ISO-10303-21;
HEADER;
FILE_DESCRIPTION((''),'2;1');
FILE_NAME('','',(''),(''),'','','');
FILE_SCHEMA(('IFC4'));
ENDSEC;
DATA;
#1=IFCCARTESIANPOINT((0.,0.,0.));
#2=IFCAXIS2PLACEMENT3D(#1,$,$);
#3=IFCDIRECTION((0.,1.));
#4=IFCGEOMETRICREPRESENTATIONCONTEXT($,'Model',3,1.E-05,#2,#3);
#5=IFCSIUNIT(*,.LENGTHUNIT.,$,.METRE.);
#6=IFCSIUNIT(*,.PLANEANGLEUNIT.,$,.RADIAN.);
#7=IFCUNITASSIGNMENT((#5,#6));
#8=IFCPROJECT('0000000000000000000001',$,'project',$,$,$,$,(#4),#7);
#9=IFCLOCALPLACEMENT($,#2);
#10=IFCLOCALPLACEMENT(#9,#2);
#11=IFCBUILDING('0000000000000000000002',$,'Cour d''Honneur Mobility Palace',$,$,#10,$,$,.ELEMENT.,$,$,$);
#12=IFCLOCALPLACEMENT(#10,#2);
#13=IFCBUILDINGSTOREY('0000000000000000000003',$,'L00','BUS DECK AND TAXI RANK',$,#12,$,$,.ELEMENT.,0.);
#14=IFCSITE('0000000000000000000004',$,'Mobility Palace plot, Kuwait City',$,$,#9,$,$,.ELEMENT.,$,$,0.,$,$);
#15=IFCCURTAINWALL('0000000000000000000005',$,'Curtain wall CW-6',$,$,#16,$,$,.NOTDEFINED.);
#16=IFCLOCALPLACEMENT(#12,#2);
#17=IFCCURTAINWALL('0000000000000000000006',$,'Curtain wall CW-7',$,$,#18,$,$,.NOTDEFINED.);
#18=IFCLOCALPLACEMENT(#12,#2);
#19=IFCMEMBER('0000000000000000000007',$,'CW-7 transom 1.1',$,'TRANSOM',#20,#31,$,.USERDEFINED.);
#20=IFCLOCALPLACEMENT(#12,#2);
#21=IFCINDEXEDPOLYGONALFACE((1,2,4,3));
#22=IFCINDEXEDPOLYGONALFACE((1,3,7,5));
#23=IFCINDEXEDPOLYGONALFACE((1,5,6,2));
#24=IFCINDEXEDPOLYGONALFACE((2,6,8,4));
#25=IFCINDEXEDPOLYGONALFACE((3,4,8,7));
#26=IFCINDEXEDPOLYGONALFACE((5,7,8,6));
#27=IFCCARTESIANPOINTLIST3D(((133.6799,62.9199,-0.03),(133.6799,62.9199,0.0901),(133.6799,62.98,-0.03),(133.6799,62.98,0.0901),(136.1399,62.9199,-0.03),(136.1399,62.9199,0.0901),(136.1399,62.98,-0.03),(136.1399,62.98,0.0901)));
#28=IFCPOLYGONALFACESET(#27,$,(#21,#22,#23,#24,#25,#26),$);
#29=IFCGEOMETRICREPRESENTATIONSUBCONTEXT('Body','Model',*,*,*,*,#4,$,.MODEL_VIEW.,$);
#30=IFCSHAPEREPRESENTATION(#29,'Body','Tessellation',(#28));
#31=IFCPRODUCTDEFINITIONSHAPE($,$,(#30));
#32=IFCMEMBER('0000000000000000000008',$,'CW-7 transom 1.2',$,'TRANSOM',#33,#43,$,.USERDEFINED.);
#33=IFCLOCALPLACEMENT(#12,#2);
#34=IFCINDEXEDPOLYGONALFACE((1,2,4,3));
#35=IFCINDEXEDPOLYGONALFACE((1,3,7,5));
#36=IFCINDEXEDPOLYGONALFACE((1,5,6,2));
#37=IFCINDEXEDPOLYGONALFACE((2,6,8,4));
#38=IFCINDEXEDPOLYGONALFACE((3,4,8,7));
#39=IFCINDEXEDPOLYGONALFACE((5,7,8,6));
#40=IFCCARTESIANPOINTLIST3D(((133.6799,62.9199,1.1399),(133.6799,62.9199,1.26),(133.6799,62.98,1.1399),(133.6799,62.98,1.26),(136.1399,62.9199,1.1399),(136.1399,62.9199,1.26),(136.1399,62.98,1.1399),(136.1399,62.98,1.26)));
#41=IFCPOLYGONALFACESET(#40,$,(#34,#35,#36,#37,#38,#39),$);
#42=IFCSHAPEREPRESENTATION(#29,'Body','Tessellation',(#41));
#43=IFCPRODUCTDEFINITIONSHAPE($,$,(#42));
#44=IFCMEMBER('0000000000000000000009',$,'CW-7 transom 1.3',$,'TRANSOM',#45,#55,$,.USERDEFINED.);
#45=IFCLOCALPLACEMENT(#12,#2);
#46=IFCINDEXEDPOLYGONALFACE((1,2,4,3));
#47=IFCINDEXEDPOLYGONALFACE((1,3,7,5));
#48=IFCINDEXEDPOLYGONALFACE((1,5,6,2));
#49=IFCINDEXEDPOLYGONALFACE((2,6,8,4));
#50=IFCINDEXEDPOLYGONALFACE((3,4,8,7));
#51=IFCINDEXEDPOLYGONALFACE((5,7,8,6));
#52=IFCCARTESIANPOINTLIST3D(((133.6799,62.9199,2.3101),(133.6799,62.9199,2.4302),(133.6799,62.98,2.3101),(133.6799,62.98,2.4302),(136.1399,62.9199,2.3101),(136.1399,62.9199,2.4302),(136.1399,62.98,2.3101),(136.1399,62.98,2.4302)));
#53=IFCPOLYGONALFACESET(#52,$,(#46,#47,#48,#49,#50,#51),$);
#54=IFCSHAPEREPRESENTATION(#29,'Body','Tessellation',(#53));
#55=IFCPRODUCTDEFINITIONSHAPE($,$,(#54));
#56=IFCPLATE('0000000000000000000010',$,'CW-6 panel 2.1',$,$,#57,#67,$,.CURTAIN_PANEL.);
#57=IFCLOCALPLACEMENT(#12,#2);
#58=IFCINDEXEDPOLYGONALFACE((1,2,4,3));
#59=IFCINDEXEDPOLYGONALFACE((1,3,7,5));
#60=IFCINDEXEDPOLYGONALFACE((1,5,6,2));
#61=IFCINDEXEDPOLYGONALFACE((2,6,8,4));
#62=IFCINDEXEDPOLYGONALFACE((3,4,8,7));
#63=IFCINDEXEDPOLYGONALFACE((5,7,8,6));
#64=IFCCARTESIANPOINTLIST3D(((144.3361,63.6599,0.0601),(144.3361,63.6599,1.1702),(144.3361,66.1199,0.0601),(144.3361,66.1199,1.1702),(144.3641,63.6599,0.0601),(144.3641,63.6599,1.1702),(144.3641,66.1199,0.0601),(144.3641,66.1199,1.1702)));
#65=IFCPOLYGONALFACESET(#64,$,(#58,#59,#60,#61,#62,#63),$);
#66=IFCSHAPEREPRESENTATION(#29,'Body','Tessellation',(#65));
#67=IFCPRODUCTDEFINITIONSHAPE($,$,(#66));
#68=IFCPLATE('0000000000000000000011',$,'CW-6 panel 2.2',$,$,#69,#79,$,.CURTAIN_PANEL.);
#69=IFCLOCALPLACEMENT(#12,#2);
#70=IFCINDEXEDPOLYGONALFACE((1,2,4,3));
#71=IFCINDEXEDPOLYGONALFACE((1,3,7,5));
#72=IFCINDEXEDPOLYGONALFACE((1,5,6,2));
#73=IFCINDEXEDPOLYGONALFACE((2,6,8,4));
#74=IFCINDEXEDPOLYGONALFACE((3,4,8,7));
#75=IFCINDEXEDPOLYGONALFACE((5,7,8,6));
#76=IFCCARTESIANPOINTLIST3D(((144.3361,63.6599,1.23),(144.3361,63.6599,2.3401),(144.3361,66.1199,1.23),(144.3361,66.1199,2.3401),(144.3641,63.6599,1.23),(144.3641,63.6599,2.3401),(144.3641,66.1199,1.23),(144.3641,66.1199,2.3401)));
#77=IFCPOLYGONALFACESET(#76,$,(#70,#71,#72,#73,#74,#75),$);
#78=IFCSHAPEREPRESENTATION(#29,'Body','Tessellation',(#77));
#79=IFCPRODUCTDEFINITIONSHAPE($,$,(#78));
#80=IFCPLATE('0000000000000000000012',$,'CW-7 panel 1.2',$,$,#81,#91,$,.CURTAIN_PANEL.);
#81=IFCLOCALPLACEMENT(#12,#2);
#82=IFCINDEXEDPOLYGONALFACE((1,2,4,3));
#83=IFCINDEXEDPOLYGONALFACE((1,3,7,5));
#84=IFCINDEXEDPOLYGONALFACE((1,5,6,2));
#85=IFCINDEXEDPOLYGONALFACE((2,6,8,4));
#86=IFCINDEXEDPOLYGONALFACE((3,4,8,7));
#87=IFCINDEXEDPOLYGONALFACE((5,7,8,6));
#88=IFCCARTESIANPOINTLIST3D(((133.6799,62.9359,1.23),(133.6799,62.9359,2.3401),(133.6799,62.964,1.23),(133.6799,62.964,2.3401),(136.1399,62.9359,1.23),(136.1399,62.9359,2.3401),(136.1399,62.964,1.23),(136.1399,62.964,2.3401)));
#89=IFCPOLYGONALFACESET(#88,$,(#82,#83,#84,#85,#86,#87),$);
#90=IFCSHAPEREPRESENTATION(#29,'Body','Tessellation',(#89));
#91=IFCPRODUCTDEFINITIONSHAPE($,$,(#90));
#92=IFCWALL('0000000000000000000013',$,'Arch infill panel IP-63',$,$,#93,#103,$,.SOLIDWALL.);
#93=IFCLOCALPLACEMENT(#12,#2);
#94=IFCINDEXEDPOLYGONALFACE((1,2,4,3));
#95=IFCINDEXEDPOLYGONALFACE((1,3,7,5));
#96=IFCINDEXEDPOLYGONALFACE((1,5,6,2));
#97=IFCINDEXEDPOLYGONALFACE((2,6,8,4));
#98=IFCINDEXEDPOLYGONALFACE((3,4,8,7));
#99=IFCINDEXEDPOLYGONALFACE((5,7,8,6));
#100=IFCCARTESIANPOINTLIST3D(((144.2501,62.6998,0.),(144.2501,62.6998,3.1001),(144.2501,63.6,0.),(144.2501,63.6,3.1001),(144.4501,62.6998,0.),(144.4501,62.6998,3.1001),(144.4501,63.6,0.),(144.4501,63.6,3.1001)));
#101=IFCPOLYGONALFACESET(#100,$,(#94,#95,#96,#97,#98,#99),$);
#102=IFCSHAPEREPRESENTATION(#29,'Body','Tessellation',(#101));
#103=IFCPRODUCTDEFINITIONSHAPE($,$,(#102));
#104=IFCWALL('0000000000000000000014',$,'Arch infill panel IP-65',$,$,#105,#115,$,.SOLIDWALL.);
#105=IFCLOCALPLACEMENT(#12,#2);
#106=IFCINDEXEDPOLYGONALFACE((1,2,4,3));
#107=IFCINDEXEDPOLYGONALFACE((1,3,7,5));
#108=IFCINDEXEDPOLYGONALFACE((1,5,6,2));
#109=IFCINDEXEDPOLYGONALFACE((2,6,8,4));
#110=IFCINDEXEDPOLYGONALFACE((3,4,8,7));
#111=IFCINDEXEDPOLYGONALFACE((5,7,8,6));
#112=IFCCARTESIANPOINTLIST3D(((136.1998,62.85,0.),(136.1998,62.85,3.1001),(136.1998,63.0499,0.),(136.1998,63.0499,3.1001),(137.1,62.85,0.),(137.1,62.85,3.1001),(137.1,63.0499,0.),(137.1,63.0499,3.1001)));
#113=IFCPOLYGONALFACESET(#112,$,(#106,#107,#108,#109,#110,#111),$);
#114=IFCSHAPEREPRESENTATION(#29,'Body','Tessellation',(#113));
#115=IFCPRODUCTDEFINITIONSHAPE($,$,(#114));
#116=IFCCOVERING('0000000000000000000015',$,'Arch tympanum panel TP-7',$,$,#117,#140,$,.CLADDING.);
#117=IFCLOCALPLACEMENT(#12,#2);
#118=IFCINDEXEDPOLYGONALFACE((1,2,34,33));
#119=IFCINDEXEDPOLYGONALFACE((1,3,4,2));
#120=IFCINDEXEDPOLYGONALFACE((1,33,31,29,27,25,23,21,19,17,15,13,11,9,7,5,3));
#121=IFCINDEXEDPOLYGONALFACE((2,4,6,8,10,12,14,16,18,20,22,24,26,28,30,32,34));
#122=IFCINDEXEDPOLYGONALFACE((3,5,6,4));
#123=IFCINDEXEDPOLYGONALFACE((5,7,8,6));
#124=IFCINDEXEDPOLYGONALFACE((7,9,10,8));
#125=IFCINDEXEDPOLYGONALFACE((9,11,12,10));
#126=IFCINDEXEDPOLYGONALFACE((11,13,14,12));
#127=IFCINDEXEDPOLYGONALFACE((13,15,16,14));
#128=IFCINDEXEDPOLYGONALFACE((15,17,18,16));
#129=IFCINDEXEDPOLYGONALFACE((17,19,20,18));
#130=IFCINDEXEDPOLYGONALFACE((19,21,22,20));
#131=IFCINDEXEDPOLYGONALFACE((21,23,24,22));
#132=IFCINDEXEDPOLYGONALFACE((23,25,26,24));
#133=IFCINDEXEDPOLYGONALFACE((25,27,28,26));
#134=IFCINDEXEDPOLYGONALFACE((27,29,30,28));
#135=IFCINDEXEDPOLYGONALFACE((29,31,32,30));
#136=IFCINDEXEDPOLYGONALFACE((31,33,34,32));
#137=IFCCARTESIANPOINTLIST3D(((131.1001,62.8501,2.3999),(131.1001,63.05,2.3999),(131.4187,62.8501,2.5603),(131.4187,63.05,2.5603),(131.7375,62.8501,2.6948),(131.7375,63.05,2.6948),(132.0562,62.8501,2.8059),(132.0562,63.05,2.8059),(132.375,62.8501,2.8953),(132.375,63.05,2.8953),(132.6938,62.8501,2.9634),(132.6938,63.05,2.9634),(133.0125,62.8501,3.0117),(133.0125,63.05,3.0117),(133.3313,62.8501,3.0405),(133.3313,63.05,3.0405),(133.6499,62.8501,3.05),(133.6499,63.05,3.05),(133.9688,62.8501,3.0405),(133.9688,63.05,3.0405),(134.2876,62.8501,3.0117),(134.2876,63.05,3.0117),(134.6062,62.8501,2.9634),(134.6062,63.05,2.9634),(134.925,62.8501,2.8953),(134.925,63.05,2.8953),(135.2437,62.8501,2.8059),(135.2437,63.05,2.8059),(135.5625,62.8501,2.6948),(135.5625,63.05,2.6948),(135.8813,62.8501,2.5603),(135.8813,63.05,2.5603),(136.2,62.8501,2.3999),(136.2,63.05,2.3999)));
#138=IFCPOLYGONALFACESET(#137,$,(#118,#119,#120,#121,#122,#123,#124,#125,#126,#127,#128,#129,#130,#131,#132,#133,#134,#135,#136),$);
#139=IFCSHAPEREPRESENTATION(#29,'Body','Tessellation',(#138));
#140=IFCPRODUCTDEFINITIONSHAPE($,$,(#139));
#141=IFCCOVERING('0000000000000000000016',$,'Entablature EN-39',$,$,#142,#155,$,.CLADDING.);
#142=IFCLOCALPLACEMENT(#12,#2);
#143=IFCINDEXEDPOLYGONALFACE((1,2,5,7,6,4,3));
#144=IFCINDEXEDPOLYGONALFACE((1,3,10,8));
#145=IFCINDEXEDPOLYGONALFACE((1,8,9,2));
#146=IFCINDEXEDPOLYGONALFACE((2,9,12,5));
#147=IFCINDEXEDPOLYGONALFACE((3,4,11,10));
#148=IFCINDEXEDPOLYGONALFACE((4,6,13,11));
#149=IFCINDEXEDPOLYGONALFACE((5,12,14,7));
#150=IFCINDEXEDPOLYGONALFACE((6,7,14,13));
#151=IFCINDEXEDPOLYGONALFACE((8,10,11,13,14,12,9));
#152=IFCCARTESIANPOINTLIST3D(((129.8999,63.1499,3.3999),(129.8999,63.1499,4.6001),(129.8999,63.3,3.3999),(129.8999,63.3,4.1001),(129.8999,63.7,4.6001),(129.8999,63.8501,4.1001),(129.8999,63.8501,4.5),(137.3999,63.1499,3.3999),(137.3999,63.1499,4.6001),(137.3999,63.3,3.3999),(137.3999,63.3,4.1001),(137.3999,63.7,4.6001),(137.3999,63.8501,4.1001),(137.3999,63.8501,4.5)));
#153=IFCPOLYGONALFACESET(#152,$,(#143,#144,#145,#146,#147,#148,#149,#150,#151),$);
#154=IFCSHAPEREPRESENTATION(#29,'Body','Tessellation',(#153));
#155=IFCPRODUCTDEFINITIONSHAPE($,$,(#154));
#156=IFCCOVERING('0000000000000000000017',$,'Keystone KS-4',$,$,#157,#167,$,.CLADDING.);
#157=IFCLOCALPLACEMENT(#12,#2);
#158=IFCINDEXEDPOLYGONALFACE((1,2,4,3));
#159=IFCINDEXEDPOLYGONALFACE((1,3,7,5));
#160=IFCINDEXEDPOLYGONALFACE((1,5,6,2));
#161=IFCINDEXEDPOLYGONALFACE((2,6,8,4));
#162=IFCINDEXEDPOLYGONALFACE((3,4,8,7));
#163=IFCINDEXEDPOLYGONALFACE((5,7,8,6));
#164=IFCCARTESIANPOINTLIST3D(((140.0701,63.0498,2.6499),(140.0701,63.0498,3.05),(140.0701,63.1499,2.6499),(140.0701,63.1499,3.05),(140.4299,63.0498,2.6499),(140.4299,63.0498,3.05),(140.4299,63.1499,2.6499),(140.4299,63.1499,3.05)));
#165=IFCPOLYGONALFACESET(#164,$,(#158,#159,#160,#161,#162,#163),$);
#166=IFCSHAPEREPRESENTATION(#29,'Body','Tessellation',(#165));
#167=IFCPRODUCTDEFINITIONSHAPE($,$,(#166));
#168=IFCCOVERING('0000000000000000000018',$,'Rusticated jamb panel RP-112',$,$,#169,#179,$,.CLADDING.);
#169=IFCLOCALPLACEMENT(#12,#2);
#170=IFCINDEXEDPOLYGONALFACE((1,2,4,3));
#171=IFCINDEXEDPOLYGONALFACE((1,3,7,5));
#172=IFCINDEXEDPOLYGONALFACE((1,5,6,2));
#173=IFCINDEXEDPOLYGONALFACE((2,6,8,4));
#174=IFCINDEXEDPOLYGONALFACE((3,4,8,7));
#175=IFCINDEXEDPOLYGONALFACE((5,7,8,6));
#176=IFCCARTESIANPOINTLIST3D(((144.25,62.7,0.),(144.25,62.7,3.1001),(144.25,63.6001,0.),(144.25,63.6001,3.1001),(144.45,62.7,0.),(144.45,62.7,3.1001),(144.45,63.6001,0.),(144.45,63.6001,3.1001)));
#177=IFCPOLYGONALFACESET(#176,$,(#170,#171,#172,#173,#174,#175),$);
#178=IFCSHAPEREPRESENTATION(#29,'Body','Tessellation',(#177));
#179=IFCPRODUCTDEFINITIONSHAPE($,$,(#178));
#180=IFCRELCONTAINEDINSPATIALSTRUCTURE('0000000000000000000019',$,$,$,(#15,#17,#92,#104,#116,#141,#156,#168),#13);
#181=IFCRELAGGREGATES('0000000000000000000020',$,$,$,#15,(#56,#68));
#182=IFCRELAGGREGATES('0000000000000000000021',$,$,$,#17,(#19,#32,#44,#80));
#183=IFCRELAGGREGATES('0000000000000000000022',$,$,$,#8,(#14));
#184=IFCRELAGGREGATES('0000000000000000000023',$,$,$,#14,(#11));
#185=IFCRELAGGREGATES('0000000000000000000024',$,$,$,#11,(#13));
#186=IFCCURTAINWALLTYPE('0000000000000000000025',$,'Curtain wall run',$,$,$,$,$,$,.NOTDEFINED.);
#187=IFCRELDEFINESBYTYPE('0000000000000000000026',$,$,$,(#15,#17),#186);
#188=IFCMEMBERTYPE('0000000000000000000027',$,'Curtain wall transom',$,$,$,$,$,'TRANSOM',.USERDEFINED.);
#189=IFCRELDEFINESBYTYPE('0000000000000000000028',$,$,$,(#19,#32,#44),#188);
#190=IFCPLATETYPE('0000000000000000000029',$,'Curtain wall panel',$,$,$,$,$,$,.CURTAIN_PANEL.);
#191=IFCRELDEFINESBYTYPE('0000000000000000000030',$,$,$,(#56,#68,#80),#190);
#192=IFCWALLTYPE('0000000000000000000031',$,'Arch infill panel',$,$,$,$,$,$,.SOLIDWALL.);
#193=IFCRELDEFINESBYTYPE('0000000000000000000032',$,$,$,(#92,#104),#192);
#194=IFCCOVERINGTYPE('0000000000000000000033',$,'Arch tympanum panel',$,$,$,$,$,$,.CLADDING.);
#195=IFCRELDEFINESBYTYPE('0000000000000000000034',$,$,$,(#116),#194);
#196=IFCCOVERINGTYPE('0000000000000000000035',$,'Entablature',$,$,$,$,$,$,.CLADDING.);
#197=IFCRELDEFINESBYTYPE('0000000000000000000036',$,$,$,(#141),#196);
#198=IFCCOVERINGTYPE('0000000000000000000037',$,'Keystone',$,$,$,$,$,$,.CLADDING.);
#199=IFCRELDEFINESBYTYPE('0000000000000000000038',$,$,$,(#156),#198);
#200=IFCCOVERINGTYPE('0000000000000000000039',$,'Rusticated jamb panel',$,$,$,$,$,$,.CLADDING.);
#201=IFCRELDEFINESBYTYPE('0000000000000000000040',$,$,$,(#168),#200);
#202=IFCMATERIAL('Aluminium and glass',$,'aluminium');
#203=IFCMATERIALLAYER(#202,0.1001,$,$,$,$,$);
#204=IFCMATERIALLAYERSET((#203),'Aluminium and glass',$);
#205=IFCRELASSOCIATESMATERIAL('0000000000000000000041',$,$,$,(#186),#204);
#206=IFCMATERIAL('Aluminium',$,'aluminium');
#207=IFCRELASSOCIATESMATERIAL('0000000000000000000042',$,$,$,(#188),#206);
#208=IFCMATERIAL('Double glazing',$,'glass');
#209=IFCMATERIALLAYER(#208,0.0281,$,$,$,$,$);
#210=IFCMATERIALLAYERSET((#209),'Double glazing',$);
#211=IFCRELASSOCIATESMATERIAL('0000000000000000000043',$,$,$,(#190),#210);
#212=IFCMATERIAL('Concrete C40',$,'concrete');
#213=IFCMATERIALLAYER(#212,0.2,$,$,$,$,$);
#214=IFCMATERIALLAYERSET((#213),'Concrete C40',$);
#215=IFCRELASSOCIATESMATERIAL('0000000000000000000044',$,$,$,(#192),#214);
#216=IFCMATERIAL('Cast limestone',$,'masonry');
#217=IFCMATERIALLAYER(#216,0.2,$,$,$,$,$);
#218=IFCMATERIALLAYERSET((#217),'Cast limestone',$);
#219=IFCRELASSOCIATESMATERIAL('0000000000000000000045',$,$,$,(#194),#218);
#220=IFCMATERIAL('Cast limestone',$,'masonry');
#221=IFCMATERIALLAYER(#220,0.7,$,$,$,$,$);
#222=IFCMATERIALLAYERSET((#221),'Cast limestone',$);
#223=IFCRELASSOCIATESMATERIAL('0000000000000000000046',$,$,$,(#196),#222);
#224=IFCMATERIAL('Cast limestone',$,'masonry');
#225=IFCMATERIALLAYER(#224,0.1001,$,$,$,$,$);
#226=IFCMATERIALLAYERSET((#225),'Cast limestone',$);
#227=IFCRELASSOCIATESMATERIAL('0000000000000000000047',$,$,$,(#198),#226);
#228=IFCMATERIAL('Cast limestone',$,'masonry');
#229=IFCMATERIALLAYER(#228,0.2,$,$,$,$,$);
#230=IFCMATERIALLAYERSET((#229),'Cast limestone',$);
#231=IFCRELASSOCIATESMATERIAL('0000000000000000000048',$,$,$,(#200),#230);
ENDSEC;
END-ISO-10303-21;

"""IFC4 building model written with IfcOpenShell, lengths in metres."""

from ifc_helpers import new_model, si_unit, direction, frame, frame_2d, origin, origin_2d, place, context, subcontext, project, spatial, polyline, rectangle, outline, extrude, material, layer, layer_set, material_profile, profile_set, type_object, element, aggregate, save


model = new_model("IFC4")

# Units and contexts
model_context = context("Model", 3, precision=1e-05, world=origin(), true_north=direction((0.0, 1.0)))
body_context = subcontext(model_context, "Body", "Model", "MODEL_VIEW")
ifc_project = project(units=[si_unit("LENGTHUNIT", "METRE"), si_unit("PLANEANGLEUNIT", "RADIAN")], contexts=[model_context])

# Site, building, storey
site_placement = place(None, origin())
site = spatial("IfcSite", under=ifc_project, at=site_placement, Name="Mobility Palace plot, Kuwait City", CompositionType="ELEMENT", RefElevation=0.0)
building_placement = place(site_placement, origin())
building = spatial("IfcBuilding", under=site, at=building_placement, Name="Cour d'Honneur Mobility Palace", CompositionType="ELEMENT")
storey_placement = place(building_placement, origin())
storey = spatial("IfcBuildingStorey", under=building, at=storey_placement, Name="L00", Description="BUS DECK AND TAXI RANK", CompositionType="ELEMENT", Elevation=0.0)

# Curtain walls
ifc_material_1 = material(Name="Aluminium and glass", Category="aluminium")
ifc_layer_1 = layer(ifc_material_1, 0.1001)
ifc_layer_set_1 = layer_set([ifc_layer_1], Name="Aluminium and glass")
curtain_wall_type = type_object("IfcCurtainWallType", Name="Curtain wall run", PredefinedType="NOTDEFINED", material=ifc_layer_set_1)
curtain_wall_1_placement = place(storey_placement, origin())
curtain_wall_1 = element("IfcCurtainWall", 1, at=curtain_wall_1_placement, inside=storey, type_object=curtain_wall_type, Name="Curtain wall CW-6", PredefinedType="NOTDEFINED")
curtain_wall_2_placement = place(storey_placement, origin())
curtain_wall_2 = element("IfcCurtainWall", 2, at=curtain_wall_2_placement, inside=storey, type_object=curtain_wall_type, Name="Curtain wall CW-7", PredefinedType="NOTDEFINED")

# Members
ifc_material_2 = material(Name="Aluminium", Category="aluminium")
ifc_material_profile_1 = material_profile(ifc_material_2, rectangle(XDim=0.0601, YDim=0.1201, at=origin_2d()), Name="Curtain wall transom")
ifc_profile_set_1 = profile_set([ifc_material_profile_1], Name="Aluminium")
member_type_1 = type_object("IfcMemberType", Name="Curtain wall transom", ElementType="TRANSOM", PredefinedType="USERDEFINED", material=ifc_profile_set_1)
member_1_placement = place(storey_placement, frame((136.1399, 62.95, 0.03), z_axis=(-1.0, 0.0, 0.0), x_axis=(0.0, -1.0, 0.0)))
member_1 = element("IfcMember", 3, at=member_1_placement, type_object=member_type_1, Name="CW-7 transom 1.1", ObjectType="TRANSOM", PredefinedType="USERDEFINED", context=body_context, shape_type="SweptSolid", body=[
    extrude(rectangle(XDim=0.0601, YDim=0.1201, at=origin_2d()), origin(), (0.0, 0.0, 1.0), 2.46),
])
member_2_placement = place(storey_placement, frame((136.1399, 62.95, 1.2), z_axis=(-1.0, 0.0, 0.0), x_axis=(0.0, -1.0, 0.0)))
member_2 = element("IfcMember", 4, at=member_2_placement, type_object=member_type_1, Name="CW-7 transom 1.2", ObjectType="TRANSOM", PredefinedType="USERDEFINED", context=body_context, shape_type="SweptSolid", body=[
    extrude(rectangle(XDim=0.0601, YDim=0.1201, at=origin_2d()), origin(), (0.0, 0.0, 1.0), 2.46),
])
member_3_placement = place(storey_placement, frame((136.1399, 62.95, 2.3701), z_axis=(-1.0, 0.0, 0.0), x_axis=(0.0, -1.0, 0.0)))
member_3 = element("IfcMember", 5, at=member_3_placement, type_object=member_type_1, Name="CW-7 transom 1.3", ObjectType="TRANSOM", PredefinedType="USERDEFINED", context=body_context, shape_type="SweptSolid", body=[
    extrude(rectangle(XDim=0.0601, YDim=0.1201, at=origin_2d()), origin(), (0.0, 0.0, 1.0), 2.46),
])

# Plates
ifc_material_3 = material(Name="Double glazing", Category="glass")
ifc_layer_2 = layer(ifc_material_3, 0.0281)
ifc_layer_set_2 = layer_set([ifc_layer_2], Name="Double glazing")
plate_type = type_object("IfcPlateType", Name="Curtain wall panel", PredefinedType="CURTAIN_PANEL", material=ifc_layer_set_2)
plate_1_placement = place(storey_placement, frame((144.3501, 64.8899, 0.0601), z_axis=(0.0, 0.0, 1.0), x_axis=(0.0, -1.0, 0.0)))
plate_1 = element("IfcPlate", 6, at=plate_1_placement, type_object=plate_type, Name="CW-6 panel 2.1", PredefinedType="CURTAIN_PANEL", context=body_context, shape_type="SweptSolid", body=[
    extrude(rectangle(XDim=2.46, YDim=0.0281, at=origin_2d()), origin(), (0.0, 0.0, 1.0), 1.1101),
])
plate_2_placement = place(storey_placement, frame((144.3501, 64.8899, 1.23), z_axis=(0.0, 0.0, 1.0), x_axis=(0.0, -1.0, 0.0)))
plate_2 = element("IfcPlate", 7, at=plate_2_placement, type_object=plate_type, Name="CW-6 panel 2.2", PredefinedType="CURTAIN_PANEL", context=body_context, shape_type="SweptSolid", body=[
    extrude(rectangle(XDim=2.46, YDim=0.0281, at=origin_2d()), origin(), (0.0, 0.0, 1.0), 1.1101),
])
aggregate(curtain_wall_1, [plate_1, plate_2])
plate_3_placement = place(storey_placement, frame((134.9099, 62.95, 1.23), z_axis=(0.0, 0.0, 1.0), x_axis=(-1.0, 0.0, 0.0)))
plate_3 = element("IfcPlate", 8, at=plate_3_placement, type_object=plate_type, Name="CW-7 panel 1.2", PredefinedType="CURTAIN_PANEL", context=body_context, shape_type="SweptSolid", body=[
    extrude(rectangle(XDim=2.46, YDim=0.0281, at=origin_2d()), origin(), (0.0, 0.0, 1.0), 1.1101),
])
aggregate(curtain_wall_2, [member_1, member_2, member_3, plate_3])

# Walls
ifc_material_4 = material(Name="Concrete C40", Category="concrete")
ifc_layer_3 = layer(ifc_material_4, 0.2)
ifc_layer_set_3 = layer_set([ifc_layer_3], Name="Concrete C40")
wall_type = type_object("IfcWallType", Name="Arch infill panel", PredefinedType="SOLIDWALL", material=ifc_layer_set_3)
for number, where, z_axis, x_axis, name in (
    (9, (144.3501, 63.6001, 0.0), (0.0, 0.0, 1.0), (0.0, -1.0, 0.0), "Arch infill panel IP-63"),
    (10, (137.1001, 62.95, 0.0), (0.0, 0.0, 1.0), (-1.0, 0.0, 0.0), "Arch infill panel IP-65"),
):
    element("IfcWall", number, at=place(storey_placement, frame(where, z_axis=z_axis, x_axis=x_axis)), inside=storey, type_object=wall_type, Name=name, PredefinedType="SOLIDWALL", context=body_context, shape_type="SweptSolid", body=[
        extrude(rectangle(XDim=0.9001, YDim=0.2, at=frame_2d((0.4502, 0.0))), origin(), (0.0, 0.0, 1.0), 3.1001),
    ])

# Coverings
ifc_material_5 = material(Name="Cast limestone", Category="masonry")
ifc_layer_4 = layer(ifc_material_5, 0.2)
ifc_layer_set_4 = layer_set([ifc_layer_4], Name="Cast limestone")
covering_type_1 = type_object("IfcCoveringType", Name="Arch tympanum panel", PredefinedType="CLADDING", material=ifc_layer_set_4)
covering_1_placement = place(storey_placement, frame((136.2, 63.05, 2.3999), z_axis=(0.0, 1.0, 0.0), x_axis=(-1.0, 0.0, 0.0)))
element("IfcCovering", 11, at=covering_1_placement, inside=storey, type_object=covering_type_1, Name="Arch tympanum panel TP-7", PredefinedType="CLADDING", context=body_context, shape_type="SweptSolid", body=[
    extrude(outline(polyline([(0.0, 0.0), (5.0999, 0.0), (5.0999, 0.0), (4.7812, 0.1604), (4.4624, 0.2949), (4.1438, 0.406), (3.825, 0.4954), (3.5061, 0.5635), (3.1875, 0.6118), (2.8687, 0.6406), (2.55, 0.6501), (2.2312, 0.6406), (1.9124, 0.6118), (1.5938, 0.5635), (1.2749, 0.4954), (0.9563, 0.406), (0.6375, 0.2949), (0.3186, 0.1604), (0.0, 0.0), (0.0, 0.0)])), origin(), (0.0, 0.0, -1.0), 0.2),
])
ifc_material_6 = material(Name="Cast limestone", Category="masonry")
ifc_layer_5 = layer(ifc_material_6, 0.7)
ifc_layer_set_5 = layer_set([ifc_layer_5], Name="Cast limestone")
covering_type_2 = type_object("IfcCoveringType", Name="Entablature", PredefinedType="CLADDING", material=ifc_layer_set_5)
covering_2_placement = place(storey_placement, frame((137.3999, 63.1499, 3.3999), z_axis=(1.0, 0.0, 0.0), x_axis=(0.0, 1.0, 0.0)))
element("IfcCovering", 12, at=covering_2_placement, inside=storey, type_object=covering_type_2, Name="Entablature EN-39", PredefinedType="CLADDING", context=body_context, shape_type="SweptSolid", body=[
    extrude(outline(polyline([(0.0, 0.0), (0.1501, 0.0), (0.1501, 0.7002), (0.7002, 0.7002), (0.7002, 1.1001), (0.55, 1.2002), (0.0, 1.2002), (0.0, 0.0)])), origin(), (0.0, 0.0, -1.0), 7.5),
])
ifc_material_7 = material(Name="Cast limestone", Category="masonry")
ifc_layer_6 = layer(ifc_material_7, 0.1001)
ifc_layer_set_6 = layer_set([ifc_layer_6], Name="Cast limestone")
covering_type_3 = type_object("IfcCoveringType", Name="Keystone", PredefinedType="CLADDING", material=ifc_layer_set_6)
covering_3_placement = place(storey_placement, frame((140.4299, 63.1499, 2.6499), z_axis=(0.0, 1.0, 0.0), x_axis=(-1.0, 0.0, 0.0)))
element("IfcCovering", 13, at=covering_3_placement, inside=storey, type_object=covering_type_3, Name="Keystone KS-4", PredefinedType="CLADDING", context=body_context, shape_type="SweptSolid", body=[
    extrude(outline(polyline([(0.0, 0.0), (0.3599, 0.0), (0.3599, 0.4001), (0.0, 0.4001), (0.0, 0.0)])), origin(), (0.0, 0.0, -1.0), 0.1001),
])
ifc_material_8 = material(Name="Cast limestone", Category="masonry")
ifc_layer_7 = layer(ifc_material_8, 0.2)
ifc_layer_set_7 = layer_set([ifc_layer_7], Name="Cast limestone")
covering_type_4 = type_object("IfcCoveringType", Name="Rusticated jamb panel", PredefinedType="CLADDING", material=ifc_layer_set_7)
for number, where, z_axis, x_axis, name in (
    (14, (144.25, 63.6001, 0.0), (-1.0, 0.0, 0.0), (0.0, -1.0, 0.0), "Rusticated jamb panel RP-112"),
):
    element("IfcCovering", number, at=place(storey_placement, frame(where, z_axis=z_axis, x_axis=x_axis)), inside=storey, type_object=covering_type_4, Name=name, PredefinedType="CLADDING", context=body_context, shape_type="SweptSolid", body=[
        extrude(outline(polyline([(0.0, 0.0), (0.9001, 0.0), (0.9001, 3.1001), (0.0, 3.1001), (0.0, 0.0)])), origin(), (0.0, 0.0, -1.0), 0.2),
    ])

save(model, "model.ifc")
